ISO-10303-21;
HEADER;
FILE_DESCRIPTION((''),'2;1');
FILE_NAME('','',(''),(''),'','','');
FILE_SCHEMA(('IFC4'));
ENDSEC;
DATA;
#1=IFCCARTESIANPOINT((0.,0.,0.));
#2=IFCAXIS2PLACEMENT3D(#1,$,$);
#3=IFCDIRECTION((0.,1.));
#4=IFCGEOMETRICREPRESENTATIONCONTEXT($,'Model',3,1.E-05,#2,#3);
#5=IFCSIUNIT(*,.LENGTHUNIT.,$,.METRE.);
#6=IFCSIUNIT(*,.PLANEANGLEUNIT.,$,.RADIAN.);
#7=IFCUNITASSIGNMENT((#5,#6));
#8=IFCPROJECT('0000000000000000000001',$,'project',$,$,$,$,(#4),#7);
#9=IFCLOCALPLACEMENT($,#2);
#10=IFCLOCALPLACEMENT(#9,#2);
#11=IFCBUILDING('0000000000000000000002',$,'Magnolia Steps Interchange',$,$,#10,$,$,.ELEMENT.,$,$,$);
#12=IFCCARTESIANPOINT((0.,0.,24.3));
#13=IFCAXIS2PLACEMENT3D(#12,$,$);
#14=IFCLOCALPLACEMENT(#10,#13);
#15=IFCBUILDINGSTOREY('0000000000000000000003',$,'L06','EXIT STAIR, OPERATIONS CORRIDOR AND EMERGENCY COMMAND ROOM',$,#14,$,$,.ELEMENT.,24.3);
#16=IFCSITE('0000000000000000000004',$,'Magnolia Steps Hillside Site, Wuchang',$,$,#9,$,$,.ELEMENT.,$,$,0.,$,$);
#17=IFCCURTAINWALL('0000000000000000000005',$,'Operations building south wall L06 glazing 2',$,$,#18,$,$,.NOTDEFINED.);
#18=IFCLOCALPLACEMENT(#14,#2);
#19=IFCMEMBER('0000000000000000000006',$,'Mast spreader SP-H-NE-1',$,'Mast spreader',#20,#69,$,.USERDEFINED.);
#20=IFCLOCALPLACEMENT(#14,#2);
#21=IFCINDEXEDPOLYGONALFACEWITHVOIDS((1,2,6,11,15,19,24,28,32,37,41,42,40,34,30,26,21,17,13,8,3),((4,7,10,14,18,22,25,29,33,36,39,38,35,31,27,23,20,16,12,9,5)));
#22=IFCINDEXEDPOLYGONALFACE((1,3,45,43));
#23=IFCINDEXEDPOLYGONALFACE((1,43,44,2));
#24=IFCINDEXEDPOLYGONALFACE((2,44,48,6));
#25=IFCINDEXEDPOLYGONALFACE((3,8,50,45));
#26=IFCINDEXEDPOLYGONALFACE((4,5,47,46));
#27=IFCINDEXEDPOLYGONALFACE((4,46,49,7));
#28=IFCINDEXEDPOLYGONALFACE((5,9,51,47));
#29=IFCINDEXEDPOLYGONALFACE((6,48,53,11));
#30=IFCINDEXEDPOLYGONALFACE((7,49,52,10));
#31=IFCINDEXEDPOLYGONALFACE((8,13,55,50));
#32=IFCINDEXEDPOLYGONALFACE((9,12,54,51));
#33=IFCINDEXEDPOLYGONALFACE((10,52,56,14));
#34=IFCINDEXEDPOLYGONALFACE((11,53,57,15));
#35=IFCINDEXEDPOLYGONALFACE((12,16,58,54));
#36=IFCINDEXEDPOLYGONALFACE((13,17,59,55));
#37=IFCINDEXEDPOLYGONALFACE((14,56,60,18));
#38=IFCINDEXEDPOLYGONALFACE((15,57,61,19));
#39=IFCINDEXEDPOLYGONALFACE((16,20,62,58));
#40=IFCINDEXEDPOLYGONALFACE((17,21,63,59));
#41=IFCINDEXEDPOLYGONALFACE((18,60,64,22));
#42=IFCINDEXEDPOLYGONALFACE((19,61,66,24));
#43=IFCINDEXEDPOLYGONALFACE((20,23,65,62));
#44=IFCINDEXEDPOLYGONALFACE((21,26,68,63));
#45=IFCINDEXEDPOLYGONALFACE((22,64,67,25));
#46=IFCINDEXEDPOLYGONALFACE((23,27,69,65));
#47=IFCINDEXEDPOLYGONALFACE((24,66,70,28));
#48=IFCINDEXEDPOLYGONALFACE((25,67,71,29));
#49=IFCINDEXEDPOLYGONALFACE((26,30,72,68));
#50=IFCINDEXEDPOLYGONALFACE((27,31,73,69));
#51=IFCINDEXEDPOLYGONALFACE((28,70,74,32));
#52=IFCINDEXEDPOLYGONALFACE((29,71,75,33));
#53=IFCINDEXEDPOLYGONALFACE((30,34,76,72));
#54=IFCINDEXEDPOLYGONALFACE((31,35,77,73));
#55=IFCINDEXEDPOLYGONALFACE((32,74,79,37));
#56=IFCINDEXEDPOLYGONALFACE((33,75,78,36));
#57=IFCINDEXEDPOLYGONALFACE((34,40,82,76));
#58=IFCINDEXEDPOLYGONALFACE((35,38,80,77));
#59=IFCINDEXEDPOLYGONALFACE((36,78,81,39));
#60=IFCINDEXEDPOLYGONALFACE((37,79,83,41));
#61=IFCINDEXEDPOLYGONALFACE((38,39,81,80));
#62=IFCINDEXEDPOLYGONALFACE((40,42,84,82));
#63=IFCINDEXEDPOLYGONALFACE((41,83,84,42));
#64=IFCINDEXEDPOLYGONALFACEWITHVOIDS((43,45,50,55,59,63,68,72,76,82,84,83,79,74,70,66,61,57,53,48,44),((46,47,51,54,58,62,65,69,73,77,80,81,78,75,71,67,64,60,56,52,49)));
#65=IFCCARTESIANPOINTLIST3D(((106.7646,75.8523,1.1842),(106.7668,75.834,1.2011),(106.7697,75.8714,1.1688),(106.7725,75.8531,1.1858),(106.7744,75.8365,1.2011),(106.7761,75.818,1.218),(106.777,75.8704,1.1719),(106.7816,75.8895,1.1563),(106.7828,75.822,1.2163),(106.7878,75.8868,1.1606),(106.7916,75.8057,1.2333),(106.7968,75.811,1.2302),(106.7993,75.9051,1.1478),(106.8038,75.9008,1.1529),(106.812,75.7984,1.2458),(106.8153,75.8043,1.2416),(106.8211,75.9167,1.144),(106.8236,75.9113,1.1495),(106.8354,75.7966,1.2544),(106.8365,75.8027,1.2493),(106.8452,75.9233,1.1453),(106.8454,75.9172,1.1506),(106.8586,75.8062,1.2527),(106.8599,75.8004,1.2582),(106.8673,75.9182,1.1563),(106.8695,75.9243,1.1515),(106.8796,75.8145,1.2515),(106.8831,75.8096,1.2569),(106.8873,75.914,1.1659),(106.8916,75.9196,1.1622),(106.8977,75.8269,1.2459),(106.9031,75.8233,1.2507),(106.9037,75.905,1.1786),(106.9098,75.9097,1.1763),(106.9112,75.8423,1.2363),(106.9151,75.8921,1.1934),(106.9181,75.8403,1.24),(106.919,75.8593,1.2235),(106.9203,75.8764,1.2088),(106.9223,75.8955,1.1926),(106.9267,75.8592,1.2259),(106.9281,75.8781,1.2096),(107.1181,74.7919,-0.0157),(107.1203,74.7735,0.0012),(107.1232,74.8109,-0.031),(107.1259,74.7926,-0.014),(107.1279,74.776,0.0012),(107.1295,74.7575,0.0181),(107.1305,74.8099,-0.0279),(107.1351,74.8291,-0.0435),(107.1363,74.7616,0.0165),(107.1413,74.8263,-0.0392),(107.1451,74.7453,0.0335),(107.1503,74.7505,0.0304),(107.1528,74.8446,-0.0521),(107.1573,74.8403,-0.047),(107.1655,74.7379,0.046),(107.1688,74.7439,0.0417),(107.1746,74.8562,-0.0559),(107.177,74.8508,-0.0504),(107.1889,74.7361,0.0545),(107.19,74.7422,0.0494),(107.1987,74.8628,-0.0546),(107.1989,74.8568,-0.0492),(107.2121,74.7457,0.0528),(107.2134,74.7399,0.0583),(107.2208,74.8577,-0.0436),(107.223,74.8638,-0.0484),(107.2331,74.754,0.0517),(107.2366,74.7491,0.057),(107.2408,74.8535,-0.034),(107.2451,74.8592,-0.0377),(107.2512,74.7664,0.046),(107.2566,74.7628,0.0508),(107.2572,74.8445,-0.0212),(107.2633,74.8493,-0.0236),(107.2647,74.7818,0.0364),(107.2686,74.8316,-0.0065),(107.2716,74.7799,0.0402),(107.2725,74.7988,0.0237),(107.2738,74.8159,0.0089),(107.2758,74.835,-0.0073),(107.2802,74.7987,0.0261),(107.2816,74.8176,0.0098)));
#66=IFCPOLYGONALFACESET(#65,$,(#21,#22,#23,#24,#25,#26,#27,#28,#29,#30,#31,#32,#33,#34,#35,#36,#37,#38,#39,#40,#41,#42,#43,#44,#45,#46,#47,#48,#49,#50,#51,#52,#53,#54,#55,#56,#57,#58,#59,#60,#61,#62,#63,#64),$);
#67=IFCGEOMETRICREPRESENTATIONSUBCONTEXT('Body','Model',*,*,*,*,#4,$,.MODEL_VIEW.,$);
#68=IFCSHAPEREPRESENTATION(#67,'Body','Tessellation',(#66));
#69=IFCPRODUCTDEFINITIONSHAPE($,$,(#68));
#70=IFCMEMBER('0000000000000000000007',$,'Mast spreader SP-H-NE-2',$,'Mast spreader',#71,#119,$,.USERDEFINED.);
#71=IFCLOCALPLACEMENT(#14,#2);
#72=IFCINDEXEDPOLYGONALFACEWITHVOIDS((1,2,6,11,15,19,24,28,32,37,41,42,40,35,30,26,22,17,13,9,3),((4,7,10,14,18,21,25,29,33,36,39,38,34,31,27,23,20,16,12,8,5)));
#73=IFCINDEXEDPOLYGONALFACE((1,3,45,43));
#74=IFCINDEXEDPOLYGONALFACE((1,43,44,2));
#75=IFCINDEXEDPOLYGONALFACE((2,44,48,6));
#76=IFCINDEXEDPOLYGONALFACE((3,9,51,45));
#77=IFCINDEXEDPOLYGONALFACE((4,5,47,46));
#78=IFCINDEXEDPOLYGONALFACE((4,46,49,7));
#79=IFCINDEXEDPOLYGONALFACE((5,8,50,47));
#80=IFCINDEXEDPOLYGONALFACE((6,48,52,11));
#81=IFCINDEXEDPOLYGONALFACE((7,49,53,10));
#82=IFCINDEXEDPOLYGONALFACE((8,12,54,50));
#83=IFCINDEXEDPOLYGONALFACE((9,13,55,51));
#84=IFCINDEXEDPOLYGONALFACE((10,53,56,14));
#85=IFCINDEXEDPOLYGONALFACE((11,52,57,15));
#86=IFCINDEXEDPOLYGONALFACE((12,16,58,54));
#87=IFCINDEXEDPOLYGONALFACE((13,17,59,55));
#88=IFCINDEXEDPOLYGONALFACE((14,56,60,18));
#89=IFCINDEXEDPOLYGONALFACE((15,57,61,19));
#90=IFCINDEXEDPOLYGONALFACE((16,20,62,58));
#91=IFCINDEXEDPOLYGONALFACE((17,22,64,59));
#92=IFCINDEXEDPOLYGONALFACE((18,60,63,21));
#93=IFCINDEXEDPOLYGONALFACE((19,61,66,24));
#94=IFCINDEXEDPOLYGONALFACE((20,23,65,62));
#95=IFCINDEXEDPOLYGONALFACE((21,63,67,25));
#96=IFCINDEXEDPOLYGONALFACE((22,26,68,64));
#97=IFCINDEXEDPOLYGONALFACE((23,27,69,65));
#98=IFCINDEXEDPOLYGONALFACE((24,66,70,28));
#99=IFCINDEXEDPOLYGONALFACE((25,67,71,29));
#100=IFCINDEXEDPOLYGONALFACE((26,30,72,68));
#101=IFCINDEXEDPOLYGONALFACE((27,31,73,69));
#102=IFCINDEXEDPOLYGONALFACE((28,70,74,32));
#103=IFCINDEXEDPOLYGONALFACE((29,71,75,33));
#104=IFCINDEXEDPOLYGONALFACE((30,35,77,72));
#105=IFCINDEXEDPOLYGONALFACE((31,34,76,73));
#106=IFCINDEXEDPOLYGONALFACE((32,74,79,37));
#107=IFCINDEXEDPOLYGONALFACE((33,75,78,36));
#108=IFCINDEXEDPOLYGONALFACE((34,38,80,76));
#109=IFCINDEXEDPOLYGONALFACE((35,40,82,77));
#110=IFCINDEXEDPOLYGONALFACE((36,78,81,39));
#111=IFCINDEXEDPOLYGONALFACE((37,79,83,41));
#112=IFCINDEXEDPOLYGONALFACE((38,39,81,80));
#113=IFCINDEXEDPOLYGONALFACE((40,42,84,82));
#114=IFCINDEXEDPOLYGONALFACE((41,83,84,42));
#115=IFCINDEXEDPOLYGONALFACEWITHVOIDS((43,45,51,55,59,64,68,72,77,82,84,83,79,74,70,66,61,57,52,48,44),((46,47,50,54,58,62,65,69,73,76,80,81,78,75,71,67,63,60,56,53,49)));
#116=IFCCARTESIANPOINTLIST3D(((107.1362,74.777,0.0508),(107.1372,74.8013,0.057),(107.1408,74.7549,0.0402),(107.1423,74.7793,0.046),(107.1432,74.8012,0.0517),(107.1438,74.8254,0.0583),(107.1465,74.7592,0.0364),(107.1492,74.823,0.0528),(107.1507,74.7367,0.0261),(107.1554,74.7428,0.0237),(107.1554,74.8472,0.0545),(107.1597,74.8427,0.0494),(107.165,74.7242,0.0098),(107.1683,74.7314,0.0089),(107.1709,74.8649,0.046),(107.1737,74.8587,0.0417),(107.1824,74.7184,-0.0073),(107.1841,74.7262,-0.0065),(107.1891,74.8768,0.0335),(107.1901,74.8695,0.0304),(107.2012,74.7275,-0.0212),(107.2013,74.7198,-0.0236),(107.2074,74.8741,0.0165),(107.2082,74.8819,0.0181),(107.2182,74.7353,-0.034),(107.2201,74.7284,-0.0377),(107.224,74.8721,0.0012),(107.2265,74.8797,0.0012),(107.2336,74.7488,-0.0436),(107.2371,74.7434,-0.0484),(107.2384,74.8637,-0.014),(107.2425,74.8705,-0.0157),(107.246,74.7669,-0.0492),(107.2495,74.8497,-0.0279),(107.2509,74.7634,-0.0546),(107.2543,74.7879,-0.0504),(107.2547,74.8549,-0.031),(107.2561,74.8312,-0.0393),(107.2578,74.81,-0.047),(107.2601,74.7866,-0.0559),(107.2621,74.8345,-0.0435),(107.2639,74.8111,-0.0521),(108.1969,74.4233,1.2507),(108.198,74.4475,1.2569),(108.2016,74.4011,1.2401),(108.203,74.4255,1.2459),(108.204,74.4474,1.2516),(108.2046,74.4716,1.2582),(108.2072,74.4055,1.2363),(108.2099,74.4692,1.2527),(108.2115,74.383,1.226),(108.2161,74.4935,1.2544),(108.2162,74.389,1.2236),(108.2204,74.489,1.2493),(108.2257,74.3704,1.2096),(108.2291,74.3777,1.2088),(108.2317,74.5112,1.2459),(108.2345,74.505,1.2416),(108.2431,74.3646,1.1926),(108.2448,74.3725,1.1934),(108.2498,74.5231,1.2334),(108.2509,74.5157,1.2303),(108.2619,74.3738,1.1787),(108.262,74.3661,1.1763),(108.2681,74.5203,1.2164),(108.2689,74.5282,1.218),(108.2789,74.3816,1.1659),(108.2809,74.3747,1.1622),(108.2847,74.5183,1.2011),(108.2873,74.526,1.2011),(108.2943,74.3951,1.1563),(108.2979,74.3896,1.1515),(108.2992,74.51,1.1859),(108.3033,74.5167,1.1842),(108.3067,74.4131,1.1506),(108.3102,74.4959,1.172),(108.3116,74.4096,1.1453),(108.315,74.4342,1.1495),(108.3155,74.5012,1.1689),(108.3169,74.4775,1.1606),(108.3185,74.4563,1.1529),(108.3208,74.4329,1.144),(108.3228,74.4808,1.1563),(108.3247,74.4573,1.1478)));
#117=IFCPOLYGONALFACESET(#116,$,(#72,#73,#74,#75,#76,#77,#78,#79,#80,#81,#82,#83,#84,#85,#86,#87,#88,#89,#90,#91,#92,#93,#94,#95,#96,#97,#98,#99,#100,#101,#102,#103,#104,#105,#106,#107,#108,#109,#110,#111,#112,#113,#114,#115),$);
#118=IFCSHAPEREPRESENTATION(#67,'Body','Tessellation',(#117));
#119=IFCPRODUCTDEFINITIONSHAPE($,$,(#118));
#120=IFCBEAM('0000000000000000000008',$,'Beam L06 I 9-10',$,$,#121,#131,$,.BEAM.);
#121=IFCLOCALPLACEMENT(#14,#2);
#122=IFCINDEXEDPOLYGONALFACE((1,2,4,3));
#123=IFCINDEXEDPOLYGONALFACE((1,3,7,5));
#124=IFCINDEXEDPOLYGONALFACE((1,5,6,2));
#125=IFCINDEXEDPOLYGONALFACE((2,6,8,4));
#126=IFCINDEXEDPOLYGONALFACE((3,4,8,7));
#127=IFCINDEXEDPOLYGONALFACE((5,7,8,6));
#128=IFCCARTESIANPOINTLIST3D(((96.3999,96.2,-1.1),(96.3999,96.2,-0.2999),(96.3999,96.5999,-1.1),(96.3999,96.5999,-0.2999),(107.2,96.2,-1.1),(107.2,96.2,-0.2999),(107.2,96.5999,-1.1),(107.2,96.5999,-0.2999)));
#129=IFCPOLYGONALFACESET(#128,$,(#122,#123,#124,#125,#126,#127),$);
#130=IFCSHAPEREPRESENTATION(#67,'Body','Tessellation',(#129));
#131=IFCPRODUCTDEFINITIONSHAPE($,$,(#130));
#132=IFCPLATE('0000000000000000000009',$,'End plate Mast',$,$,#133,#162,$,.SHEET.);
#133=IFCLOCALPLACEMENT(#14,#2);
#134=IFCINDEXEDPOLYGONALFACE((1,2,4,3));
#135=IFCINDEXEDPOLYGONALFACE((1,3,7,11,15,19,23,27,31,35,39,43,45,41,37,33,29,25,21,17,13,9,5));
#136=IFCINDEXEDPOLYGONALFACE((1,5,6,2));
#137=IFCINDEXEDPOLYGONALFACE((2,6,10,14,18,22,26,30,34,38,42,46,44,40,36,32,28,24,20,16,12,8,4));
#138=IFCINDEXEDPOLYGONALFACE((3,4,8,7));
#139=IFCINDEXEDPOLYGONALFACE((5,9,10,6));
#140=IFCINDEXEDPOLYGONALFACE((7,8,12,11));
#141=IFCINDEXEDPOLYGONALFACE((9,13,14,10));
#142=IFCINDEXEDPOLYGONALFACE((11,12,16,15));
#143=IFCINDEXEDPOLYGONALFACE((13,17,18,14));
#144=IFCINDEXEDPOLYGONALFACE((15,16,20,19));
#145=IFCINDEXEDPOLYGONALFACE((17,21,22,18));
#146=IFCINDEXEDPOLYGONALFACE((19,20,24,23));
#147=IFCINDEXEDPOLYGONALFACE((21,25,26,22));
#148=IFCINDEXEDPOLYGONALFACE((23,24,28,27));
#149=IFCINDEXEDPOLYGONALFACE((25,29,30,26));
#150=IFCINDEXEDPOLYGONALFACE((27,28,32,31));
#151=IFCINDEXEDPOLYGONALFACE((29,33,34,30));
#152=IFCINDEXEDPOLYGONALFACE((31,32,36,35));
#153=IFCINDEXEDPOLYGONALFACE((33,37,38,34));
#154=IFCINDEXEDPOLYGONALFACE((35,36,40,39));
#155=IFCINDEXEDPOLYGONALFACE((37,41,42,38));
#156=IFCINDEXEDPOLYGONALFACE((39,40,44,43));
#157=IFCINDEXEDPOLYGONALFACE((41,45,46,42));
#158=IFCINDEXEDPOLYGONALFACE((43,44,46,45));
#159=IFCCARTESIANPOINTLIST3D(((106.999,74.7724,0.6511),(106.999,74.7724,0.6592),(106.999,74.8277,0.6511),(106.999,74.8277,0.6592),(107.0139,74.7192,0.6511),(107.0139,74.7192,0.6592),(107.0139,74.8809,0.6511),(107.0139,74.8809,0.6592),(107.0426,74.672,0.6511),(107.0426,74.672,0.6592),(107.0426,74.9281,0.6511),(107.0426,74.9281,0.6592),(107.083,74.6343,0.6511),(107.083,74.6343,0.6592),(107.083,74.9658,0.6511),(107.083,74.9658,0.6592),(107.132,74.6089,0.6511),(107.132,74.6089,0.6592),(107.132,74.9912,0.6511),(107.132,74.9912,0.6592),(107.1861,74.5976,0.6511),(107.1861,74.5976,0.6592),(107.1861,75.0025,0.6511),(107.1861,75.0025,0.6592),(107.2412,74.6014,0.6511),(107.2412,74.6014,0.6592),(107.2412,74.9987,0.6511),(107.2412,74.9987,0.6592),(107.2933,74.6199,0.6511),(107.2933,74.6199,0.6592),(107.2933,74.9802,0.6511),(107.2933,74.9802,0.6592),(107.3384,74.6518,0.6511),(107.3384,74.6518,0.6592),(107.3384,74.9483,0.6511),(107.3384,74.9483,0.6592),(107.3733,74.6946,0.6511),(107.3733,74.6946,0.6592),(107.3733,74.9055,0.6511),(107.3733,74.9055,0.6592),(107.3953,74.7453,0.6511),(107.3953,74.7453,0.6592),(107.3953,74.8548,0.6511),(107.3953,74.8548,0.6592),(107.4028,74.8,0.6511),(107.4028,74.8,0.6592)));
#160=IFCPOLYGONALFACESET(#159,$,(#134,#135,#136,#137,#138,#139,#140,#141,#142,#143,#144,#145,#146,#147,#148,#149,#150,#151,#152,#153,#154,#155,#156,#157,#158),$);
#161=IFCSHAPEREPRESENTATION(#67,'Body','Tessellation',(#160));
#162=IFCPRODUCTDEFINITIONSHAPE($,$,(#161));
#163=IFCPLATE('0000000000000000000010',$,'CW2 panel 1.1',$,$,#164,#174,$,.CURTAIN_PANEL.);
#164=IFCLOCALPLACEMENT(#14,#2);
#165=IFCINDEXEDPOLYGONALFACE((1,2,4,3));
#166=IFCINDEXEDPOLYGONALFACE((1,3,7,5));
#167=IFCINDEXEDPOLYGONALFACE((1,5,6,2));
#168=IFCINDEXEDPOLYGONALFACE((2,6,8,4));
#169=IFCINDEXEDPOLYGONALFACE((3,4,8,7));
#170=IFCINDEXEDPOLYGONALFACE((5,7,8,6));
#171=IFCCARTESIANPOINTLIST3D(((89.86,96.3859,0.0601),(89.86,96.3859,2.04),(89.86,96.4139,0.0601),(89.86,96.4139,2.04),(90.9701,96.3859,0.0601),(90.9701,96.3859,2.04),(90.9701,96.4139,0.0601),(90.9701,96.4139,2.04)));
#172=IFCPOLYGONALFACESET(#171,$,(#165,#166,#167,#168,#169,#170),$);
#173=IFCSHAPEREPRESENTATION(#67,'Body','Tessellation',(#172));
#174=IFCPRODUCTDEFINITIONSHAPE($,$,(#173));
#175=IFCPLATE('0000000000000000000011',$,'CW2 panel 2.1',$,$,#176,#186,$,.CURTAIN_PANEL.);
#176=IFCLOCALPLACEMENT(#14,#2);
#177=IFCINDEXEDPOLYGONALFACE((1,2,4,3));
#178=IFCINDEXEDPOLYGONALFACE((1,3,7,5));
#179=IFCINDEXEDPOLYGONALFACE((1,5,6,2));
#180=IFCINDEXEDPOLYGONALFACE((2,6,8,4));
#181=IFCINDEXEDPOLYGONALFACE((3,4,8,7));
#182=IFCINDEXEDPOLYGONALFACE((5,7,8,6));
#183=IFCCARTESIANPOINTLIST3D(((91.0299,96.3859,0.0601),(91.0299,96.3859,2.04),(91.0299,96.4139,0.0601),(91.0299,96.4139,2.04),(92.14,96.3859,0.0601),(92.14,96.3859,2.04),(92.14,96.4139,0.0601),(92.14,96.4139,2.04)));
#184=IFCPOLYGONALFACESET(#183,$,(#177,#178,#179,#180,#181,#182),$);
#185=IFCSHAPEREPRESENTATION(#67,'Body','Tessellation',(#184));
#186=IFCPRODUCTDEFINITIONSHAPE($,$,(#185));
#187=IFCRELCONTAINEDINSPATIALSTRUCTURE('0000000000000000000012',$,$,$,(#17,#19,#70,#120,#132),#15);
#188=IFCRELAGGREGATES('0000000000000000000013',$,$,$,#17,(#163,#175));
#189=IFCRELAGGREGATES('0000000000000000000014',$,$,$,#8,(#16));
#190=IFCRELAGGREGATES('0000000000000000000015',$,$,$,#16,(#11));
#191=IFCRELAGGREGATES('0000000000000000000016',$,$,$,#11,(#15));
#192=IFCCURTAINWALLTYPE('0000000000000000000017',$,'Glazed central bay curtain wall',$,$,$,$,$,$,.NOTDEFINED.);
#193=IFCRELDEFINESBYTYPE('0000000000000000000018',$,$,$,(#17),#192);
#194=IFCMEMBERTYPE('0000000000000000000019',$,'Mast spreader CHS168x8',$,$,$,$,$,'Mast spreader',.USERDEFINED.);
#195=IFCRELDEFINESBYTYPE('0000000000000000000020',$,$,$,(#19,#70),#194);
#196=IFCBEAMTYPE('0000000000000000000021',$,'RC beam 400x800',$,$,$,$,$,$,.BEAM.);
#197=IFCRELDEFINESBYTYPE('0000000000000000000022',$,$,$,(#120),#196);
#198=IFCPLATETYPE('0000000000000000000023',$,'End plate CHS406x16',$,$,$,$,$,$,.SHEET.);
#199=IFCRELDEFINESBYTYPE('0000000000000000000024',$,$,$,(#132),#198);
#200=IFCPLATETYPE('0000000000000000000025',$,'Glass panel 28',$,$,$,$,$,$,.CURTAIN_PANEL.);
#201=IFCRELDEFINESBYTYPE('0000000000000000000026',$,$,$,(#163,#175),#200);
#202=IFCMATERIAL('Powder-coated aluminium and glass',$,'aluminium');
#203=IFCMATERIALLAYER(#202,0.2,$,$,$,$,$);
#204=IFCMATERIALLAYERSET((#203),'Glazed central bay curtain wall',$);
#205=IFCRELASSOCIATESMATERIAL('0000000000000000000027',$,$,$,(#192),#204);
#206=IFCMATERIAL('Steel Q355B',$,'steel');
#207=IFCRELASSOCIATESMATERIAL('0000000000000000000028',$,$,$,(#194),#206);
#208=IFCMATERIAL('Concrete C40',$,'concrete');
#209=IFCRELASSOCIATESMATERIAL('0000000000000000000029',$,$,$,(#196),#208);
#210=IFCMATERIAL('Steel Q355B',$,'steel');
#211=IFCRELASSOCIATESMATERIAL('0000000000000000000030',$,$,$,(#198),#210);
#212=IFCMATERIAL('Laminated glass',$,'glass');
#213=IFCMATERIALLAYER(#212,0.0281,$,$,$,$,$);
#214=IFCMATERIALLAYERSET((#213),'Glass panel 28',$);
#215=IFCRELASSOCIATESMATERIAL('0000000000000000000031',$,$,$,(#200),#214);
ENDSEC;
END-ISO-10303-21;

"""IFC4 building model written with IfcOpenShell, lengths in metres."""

from ifc_helpers import new_model, si_unit, direction, frame, origin, origin_2d, place, context, subcontext, project, spatial, rectangle, circle, hollow_circle, extrude, material, layer, layer_set, material_profile, profile_set, type_object, element, aggregate, save


model = new_model("IFC4")

# Units and contexts
model_context = context("Model", 3, precision=1e-05, world=origin(), true_north=direction((0.0, 1.0)))
body_context = subcontext(model_context, "Body", "Model", "MODEL_VIEW")
ifc_project = project(units=[si_unit("LENGTHUNIT", "METRE"), si_unit("PLANEANGLEUNIT", "RADIAN")], contexts=[model_context])

# Site, building, storey
site_placement = place(None, origin())
site = spatial("IfcSite", under=ifc_project, at=site_placement, Name="Magnolia Steps Hillside Site, Wuchang", CompositionType="ELEMENT", RefElevation=0.0)
building_placement = place(site_placement, origin())
building = spatial("IfcBuilding", under=site, at=building_placement, Name="Magnolia Steps Interchange", CompositionType="ELEMENT")
storey_placement = place(building_placement, frame((0.0, 0.0, 24.3)))
storey = spatial("IfcBuildingStorey", under=building, at=storey_placement, Name="L06", Description="EXIT STAIR, OPERATIONS CORRIDOR AND EMERGENCY COMMAND ROOM", CompositionType="ELEMENT", Elevation=24.3)

# Curtain wall
ifc_material_1 = material(Name="Powder-coated aluminium and glass", Category="aluminium")
ifc_layer_1 = layer(ifc_material_1, 0.2)
ifc_layer_set_1 = layer_set([ifc_layer_1], Name="Glazed central bay curtain wall")
curtain_wall_type = type_object("IfcCurtainWallType", Name="Glazed central bay curtain wall", PredefinedType="NOTDEFINED", material=ifc_layer_set_1)
curtain_wall_placement = place(storey_placement, origin())
curtain_wall = element("IfcCurtainWall", 1, at=curtain_wall_placement, inside=storey, type_object=curtain_wall_type, Name="Operations building south wall L06 glazing 2", PredefinedType="NOTDEFINED")

# Members
ifc_material_2 = material(Name="Steel Q355B", Category="steel")
ifc_material_profile_1 = material_profile(ifc_material_2, hollow_circle(Radius=0.084, WallThickness=0.0081, at=origin_2d()), Name="CHS168x8")
ifc_profile_set_1 = profile_set([ifc_material_profile_1], Name="Steel Q355B")
member_type_1 = type_object("IfcMemberType", Name="Mast spreader CHS168x8", ElementType="Mast spreader", PredefinedType="USERDEFINED", material=ifc_profile_set_1)
member_1_placement = place(storey_placement, frame((107.2, 74.8, 0.0012), z_axis=(-0.215558, 0.646673, 0.731675), x_axis=(-0.948683, -0.316228, 0.0)))
element("IfcMember", 2, at=member_1_placement, inside=storey, type_object=member_type_1, Name="Mast spreader SP-H-NE-1", ObjectType="Mast spreader", PredefinedType="USERDEFINED", context=body_context, shape_type="SweptSolid", body=[
    extrude(hollow_circle(Radius=0.084, WallThickness=0.0081, at=origin_2d()), origin(), (0.0, 0.0, 1.0), 1.6399),
])
member_2_placement = place(storey_placement, frame((107.2, 74.8, 0.0012), z_axis=(0.646739, -0.215679, 0.731581), x_axis=(0.316359, 0.94864, 0.0)))
element("IfcMember", 3, at=member_2_placement, inside=storey, type_object=member_type_1, Name="Mast spreader SP-H-NE-2", ObjectType="Mast spreader", PredefinedType="USERDEFINED", context=body_context, shape_type="SweptSolid", body=[
    extrude(hollow_circle(Radius=0.084, WallThickness=0.0081, at=origin_2d()), origin(), (0.0, 0.0, 1.0), 1.6401),
])

# Beam
ifc_material_3 = material(Name="Concrete C40", Category="concrete")
ifc_material_profile_2 = material_profile(ifc_material_3, rectangle(XDim=0.3999, YDim=0.8, at=origin_2d()), Name="RC400x800")
ifc_profile_set_2 = profile_set([ifc_material_profile_2], Name="Concrete C40")
beam_type = type_object("IfcBeamType", Name="RC beam 400x800", PredefinedType="BEAM", material=ifc_profile_set_2)
beam_placement = place(storey_placement, frame((96.3999, 96.3999, -0.7), z_axis=(1.0, 0.0, 0.0), x_axis=(0.0, 1.0, 0.0)))
element("IfcBeam", 4, at=beam_placement, inside=storey, type_object=beam_type, Name="Beam L06 I 9-10", PredefinedType="BEAM", context=body_context, shape_type="SweptSolid", body=[
    extrude(rectangle(XDim=0.3999, YDim=0.8, at=origin_2d()), origin(), (0.0, 0.0, 1.0), 10.8),
])

# Plates
ifc_material_4 = material(Name="Steel Q355B", Category="steel")
ifc_material_profile_3 = material_profile(ifc_material_4, circle(Radius=0.2029, at=origin_2d()), Name="End plate CHS406x16")
ifc_profile_set_3 = profile_set([ifc_material_profile_3], Name="Steel Q355B")
plate_type_1 = type_object("IfcPlateType", Name="End plate CHS406x16", PredefinedType="SHEET", material=ifc_profile_set_3)
plate_1_placement = place(storey_placement, frame((107.2, 74.8, 0.6511), z_axis=(0.0, 0.0, 1.0), x_axis=(1.0, 0.0, 0.0)))
element("IfcPlate", 5, at=plate_1_placement, inside=storey, type_object=plate_type_1, Name="End plate Mast", PredefinedType="SHEET", context=body_context, shape_type="SweptSolid", body=[
    extrude(circle(Radius=0.2029, at=origin_2d()), origin(), (0.0, 0.0, 1.0), 0.0081),
])
ifc_material_5 = material(Name="Laminated glass", Category="glass")
ifc_layer_2 = layer(ifc_material_5, 0.0281)
ifc_layer_set_2 = layer_set([ifc_layer_2], Name="Glass panel 28")
plate_type_2 = type_object("IfcPlateType", Name="Glass panel 28", PredefinedType="CURTAIN_PANEL", material=ifc_layer_set_2)
plate_2_placement = place(storey_placement, frame((90.415, 96.3999, 0.0601), z_axis=(0.0, 0.0, 1.0), x_axis=(1.0, 0.0, 0.0)))
plate_2 = element("IfcPlate", 6, at=plate_2_placement, type_object=plate_type_2, Name="CW2 panel 1.1", PredefinedType="CURTAIN_PANEL", context=body_context, shape_type="SweptSolid", body=[
    extrude(rectangle(XDim=1.1101, YDim=0.0281, at=origin_2d()), origin(), (0.0, 0.0, 1.0), 1.98),
])
plate_3_placement = place(storey_placement, frame((91.585, 96.3999, 0.0601), z_axis=(0.0, 0.0, 1.0), x_axis=(1.0, 0.0, 0.0)))
plate_3 = element("IfcPlate", 7, at=plate_3_placement, type_object=plate_type_2, Name="CW2 panel 2.1", PredefinedType="CURTAIN_PANEL", context=body_context, shape_type="SweptSolid", body=[
    extrude(rectangle(XDim=1.1101, YDim=0.0281, at=origin_2d()), origin(), (0.0, 0.0, 1.0), 1.98),
])
aggregate(curtain_wall, [plate_2, plate_3])

save(model, "model.ifc")
